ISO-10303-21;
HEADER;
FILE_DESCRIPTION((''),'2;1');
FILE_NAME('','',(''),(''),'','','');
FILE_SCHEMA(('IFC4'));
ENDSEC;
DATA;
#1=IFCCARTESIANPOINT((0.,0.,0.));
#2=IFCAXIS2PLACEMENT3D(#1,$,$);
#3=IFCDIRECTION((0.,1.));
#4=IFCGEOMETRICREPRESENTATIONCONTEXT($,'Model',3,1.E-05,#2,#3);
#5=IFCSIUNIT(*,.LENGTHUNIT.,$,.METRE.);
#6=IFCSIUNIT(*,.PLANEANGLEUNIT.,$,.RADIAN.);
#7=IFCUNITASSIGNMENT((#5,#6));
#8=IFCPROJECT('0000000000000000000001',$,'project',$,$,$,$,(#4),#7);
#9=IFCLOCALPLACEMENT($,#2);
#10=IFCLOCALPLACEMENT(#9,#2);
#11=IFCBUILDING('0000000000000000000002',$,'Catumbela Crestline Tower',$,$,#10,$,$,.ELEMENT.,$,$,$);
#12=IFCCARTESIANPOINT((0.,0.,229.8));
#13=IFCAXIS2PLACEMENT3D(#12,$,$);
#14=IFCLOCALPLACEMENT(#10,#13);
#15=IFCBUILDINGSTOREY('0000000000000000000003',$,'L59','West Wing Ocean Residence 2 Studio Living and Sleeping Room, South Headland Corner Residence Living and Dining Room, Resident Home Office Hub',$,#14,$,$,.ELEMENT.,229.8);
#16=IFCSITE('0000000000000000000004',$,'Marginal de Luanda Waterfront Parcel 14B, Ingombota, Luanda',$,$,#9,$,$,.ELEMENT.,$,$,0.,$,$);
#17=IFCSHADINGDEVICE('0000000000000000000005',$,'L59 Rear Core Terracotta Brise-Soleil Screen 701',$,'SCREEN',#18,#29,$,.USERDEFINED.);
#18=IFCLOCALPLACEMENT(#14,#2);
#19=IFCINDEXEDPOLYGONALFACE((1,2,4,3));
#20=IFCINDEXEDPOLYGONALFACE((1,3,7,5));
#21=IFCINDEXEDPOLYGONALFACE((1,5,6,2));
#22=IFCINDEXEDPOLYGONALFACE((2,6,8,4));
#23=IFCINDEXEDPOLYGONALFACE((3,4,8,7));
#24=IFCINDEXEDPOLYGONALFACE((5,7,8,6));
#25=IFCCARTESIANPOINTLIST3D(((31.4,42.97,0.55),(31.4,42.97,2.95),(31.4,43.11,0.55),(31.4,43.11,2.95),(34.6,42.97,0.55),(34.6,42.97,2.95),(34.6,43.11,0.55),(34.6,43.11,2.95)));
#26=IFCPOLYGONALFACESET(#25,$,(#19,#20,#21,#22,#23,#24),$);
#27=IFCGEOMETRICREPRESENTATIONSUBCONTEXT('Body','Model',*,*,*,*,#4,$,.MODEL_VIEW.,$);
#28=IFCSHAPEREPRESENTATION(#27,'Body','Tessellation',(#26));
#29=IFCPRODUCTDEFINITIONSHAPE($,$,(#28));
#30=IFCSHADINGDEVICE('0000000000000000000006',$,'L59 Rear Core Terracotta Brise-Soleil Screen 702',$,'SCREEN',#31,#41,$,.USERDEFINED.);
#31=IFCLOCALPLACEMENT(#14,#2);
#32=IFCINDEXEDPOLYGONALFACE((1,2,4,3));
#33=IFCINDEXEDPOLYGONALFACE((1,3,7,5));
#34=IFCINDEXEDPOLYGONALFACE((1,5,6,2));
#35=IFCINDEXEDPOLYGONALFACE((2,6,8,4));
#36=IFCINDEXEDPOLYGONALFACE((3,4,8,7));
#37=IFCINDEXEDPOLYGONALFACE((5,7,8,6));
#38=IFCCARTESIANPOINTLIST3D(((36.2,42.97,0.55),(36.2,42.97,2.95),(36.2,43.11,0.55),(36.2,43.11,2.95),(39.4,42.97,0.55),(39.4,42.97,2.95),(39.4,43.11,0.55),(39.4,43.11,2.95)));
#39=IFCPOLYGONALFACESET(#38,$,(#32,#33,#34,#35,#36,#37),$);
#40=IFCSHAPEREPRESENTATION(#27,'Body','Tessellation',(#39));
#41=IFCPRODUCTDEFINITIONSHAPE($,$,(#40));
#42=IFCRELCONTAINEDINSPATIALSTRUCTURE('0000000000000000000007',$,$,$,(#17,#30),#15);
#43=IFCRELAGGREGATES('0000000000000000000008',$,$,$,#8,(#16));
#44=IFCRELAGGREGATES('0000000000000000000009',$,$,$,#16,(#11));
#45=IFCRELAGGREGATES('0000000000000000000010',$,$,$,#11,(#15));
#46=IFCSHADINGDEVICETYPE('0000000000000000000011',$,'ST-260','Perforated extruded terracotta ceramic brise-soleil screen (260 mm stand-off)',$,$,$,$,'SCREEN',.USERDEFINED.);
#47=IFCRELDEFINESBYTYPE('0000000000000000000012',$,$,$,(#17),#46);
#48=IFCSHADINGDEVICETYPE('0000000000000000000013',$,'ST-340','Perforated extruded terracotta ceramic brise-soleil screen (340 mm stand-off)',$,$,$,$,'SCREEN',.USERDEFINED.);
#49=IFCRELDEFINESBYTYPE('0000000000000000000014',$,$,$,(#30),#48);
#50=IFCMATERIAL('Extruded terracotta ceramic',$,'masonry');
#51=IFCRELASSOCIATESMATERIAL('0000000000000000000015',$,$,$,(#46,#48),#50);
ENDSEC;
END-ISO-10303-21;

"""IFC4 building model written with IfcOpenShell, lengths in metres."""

from ifc_helpers import new_model, si_unit, direction, frame, origin, origin_2d, place, context, subcontext, project, spatial, rectangle, extrude, material, type_object, element, save


model = new_model("IFC4")

# Units and contexts
model_context = context("Model", 3, precision=1e-05, world=origin(), true_north=direction((0.0, 1.0)))
body_context = subcontext(model_context, "Body", "Model", "MODEL_VIEW")
ifc_project = project(units=[si_unit("LENGTHUNIT", "METRE"), si_unit("PLANEANGLEUNIT", "RADIAN")], contexts=[model_context])

# Site, building, storey
site_placement = place(None, origin())
site = spatial("IfcSite", under=ifc_project, at=site_placement, Name="Marginal de Luanda Waterfront Parcel 14B, Ingombota, Luanda", CompositionType="ELEMENT", RefElevation=0.0)
building_placement = place(site_placement, origin())
building = spatial("IfcBuilding", under=site, at=building_placement, Name="Catumbela Crestline Tower", CompositionType="ELEMENT")
storey_placement = place(building_placement, frame((0.0, 0.0, 229.8)))
storey = spatial("IfcBuildingStorey", under=building, at=storey_placement, Name="L59", Description="West Wing Ocean Residence 2 Studio Living and Sleeping Room, South Headland Corner Residence Living and Dining Room, Resident Home Office Hub", CompositionType="ELEMENT", Elevation=229.8)

# Shading devices
ifc_material_1 = material(Name="Extruded terracotta ceramic", Category="masonry")
shading_device_type_1 = type_object("IfcShadingDeviceType", Name="ST-260", Description="Perforated extruded terracotta ceramic brise-soleil screen (260 mm stand-off)", ElementType="SCREEN", PredefinedType="USERDEFINED", material=ifc_material_1)
shading_device_1_placement = place(storey_placement, frame((33.0, 43.04, 0.55), z_axis=(0.0, 0.0, 1.0), x_axis=(1.0, 0.0, 0.0)))
element("IfcShadingDevice", 1, at=shading_device_1_placement, inside=storey, type_object=shading_device_type_1, Name="L59 Rear Core Terracotta Brise-Soleil Screen 701", ObjectType="SCREEN", PredefinedType="USERDEFINED", context=body_context, shape_type="SweptSolid", body=[
    extrude(rectangle(XDim=3.2, YDim=0.14, at=origin_2d()), origin(), (0.0, 0.0, 1.0), 2.4),
])
shading_device_type_2 = type_object("IfcShadingDeviceType", Name="ST-340", Description="Perforated extruded terracotta ceramic brise-soleil screen (340 mm stand-off)", ElementType="SCREEN", PredefinedType="USERDEFINED", material=ifc_material_1)
shading_device_2_placement = place(storey_placement, frame((37.8, 43.04, 0.55), z_axis=(0.0, 0.0, 1.0), x_axis=(1.0, 0.0, 0.0)))
element("IfcShadingDevice", 2, at=shading_device_2_placement, inside=storey, type_object=shading_device_type_2, Name="L59 Rear Core Terracotta Brise-Soleil Screen 702", ObjectType="SCREEN", PredefinedType="USERDEFINED", context=body_context, shape_type="SweptSolid", body=[
    extrude(rectangle(XDim=3.2, YDim=0.14, at=origin_2d()), origin(), (0.0, 0.0, 1.0), 2.4),
])

save(model, "model.ifc")
